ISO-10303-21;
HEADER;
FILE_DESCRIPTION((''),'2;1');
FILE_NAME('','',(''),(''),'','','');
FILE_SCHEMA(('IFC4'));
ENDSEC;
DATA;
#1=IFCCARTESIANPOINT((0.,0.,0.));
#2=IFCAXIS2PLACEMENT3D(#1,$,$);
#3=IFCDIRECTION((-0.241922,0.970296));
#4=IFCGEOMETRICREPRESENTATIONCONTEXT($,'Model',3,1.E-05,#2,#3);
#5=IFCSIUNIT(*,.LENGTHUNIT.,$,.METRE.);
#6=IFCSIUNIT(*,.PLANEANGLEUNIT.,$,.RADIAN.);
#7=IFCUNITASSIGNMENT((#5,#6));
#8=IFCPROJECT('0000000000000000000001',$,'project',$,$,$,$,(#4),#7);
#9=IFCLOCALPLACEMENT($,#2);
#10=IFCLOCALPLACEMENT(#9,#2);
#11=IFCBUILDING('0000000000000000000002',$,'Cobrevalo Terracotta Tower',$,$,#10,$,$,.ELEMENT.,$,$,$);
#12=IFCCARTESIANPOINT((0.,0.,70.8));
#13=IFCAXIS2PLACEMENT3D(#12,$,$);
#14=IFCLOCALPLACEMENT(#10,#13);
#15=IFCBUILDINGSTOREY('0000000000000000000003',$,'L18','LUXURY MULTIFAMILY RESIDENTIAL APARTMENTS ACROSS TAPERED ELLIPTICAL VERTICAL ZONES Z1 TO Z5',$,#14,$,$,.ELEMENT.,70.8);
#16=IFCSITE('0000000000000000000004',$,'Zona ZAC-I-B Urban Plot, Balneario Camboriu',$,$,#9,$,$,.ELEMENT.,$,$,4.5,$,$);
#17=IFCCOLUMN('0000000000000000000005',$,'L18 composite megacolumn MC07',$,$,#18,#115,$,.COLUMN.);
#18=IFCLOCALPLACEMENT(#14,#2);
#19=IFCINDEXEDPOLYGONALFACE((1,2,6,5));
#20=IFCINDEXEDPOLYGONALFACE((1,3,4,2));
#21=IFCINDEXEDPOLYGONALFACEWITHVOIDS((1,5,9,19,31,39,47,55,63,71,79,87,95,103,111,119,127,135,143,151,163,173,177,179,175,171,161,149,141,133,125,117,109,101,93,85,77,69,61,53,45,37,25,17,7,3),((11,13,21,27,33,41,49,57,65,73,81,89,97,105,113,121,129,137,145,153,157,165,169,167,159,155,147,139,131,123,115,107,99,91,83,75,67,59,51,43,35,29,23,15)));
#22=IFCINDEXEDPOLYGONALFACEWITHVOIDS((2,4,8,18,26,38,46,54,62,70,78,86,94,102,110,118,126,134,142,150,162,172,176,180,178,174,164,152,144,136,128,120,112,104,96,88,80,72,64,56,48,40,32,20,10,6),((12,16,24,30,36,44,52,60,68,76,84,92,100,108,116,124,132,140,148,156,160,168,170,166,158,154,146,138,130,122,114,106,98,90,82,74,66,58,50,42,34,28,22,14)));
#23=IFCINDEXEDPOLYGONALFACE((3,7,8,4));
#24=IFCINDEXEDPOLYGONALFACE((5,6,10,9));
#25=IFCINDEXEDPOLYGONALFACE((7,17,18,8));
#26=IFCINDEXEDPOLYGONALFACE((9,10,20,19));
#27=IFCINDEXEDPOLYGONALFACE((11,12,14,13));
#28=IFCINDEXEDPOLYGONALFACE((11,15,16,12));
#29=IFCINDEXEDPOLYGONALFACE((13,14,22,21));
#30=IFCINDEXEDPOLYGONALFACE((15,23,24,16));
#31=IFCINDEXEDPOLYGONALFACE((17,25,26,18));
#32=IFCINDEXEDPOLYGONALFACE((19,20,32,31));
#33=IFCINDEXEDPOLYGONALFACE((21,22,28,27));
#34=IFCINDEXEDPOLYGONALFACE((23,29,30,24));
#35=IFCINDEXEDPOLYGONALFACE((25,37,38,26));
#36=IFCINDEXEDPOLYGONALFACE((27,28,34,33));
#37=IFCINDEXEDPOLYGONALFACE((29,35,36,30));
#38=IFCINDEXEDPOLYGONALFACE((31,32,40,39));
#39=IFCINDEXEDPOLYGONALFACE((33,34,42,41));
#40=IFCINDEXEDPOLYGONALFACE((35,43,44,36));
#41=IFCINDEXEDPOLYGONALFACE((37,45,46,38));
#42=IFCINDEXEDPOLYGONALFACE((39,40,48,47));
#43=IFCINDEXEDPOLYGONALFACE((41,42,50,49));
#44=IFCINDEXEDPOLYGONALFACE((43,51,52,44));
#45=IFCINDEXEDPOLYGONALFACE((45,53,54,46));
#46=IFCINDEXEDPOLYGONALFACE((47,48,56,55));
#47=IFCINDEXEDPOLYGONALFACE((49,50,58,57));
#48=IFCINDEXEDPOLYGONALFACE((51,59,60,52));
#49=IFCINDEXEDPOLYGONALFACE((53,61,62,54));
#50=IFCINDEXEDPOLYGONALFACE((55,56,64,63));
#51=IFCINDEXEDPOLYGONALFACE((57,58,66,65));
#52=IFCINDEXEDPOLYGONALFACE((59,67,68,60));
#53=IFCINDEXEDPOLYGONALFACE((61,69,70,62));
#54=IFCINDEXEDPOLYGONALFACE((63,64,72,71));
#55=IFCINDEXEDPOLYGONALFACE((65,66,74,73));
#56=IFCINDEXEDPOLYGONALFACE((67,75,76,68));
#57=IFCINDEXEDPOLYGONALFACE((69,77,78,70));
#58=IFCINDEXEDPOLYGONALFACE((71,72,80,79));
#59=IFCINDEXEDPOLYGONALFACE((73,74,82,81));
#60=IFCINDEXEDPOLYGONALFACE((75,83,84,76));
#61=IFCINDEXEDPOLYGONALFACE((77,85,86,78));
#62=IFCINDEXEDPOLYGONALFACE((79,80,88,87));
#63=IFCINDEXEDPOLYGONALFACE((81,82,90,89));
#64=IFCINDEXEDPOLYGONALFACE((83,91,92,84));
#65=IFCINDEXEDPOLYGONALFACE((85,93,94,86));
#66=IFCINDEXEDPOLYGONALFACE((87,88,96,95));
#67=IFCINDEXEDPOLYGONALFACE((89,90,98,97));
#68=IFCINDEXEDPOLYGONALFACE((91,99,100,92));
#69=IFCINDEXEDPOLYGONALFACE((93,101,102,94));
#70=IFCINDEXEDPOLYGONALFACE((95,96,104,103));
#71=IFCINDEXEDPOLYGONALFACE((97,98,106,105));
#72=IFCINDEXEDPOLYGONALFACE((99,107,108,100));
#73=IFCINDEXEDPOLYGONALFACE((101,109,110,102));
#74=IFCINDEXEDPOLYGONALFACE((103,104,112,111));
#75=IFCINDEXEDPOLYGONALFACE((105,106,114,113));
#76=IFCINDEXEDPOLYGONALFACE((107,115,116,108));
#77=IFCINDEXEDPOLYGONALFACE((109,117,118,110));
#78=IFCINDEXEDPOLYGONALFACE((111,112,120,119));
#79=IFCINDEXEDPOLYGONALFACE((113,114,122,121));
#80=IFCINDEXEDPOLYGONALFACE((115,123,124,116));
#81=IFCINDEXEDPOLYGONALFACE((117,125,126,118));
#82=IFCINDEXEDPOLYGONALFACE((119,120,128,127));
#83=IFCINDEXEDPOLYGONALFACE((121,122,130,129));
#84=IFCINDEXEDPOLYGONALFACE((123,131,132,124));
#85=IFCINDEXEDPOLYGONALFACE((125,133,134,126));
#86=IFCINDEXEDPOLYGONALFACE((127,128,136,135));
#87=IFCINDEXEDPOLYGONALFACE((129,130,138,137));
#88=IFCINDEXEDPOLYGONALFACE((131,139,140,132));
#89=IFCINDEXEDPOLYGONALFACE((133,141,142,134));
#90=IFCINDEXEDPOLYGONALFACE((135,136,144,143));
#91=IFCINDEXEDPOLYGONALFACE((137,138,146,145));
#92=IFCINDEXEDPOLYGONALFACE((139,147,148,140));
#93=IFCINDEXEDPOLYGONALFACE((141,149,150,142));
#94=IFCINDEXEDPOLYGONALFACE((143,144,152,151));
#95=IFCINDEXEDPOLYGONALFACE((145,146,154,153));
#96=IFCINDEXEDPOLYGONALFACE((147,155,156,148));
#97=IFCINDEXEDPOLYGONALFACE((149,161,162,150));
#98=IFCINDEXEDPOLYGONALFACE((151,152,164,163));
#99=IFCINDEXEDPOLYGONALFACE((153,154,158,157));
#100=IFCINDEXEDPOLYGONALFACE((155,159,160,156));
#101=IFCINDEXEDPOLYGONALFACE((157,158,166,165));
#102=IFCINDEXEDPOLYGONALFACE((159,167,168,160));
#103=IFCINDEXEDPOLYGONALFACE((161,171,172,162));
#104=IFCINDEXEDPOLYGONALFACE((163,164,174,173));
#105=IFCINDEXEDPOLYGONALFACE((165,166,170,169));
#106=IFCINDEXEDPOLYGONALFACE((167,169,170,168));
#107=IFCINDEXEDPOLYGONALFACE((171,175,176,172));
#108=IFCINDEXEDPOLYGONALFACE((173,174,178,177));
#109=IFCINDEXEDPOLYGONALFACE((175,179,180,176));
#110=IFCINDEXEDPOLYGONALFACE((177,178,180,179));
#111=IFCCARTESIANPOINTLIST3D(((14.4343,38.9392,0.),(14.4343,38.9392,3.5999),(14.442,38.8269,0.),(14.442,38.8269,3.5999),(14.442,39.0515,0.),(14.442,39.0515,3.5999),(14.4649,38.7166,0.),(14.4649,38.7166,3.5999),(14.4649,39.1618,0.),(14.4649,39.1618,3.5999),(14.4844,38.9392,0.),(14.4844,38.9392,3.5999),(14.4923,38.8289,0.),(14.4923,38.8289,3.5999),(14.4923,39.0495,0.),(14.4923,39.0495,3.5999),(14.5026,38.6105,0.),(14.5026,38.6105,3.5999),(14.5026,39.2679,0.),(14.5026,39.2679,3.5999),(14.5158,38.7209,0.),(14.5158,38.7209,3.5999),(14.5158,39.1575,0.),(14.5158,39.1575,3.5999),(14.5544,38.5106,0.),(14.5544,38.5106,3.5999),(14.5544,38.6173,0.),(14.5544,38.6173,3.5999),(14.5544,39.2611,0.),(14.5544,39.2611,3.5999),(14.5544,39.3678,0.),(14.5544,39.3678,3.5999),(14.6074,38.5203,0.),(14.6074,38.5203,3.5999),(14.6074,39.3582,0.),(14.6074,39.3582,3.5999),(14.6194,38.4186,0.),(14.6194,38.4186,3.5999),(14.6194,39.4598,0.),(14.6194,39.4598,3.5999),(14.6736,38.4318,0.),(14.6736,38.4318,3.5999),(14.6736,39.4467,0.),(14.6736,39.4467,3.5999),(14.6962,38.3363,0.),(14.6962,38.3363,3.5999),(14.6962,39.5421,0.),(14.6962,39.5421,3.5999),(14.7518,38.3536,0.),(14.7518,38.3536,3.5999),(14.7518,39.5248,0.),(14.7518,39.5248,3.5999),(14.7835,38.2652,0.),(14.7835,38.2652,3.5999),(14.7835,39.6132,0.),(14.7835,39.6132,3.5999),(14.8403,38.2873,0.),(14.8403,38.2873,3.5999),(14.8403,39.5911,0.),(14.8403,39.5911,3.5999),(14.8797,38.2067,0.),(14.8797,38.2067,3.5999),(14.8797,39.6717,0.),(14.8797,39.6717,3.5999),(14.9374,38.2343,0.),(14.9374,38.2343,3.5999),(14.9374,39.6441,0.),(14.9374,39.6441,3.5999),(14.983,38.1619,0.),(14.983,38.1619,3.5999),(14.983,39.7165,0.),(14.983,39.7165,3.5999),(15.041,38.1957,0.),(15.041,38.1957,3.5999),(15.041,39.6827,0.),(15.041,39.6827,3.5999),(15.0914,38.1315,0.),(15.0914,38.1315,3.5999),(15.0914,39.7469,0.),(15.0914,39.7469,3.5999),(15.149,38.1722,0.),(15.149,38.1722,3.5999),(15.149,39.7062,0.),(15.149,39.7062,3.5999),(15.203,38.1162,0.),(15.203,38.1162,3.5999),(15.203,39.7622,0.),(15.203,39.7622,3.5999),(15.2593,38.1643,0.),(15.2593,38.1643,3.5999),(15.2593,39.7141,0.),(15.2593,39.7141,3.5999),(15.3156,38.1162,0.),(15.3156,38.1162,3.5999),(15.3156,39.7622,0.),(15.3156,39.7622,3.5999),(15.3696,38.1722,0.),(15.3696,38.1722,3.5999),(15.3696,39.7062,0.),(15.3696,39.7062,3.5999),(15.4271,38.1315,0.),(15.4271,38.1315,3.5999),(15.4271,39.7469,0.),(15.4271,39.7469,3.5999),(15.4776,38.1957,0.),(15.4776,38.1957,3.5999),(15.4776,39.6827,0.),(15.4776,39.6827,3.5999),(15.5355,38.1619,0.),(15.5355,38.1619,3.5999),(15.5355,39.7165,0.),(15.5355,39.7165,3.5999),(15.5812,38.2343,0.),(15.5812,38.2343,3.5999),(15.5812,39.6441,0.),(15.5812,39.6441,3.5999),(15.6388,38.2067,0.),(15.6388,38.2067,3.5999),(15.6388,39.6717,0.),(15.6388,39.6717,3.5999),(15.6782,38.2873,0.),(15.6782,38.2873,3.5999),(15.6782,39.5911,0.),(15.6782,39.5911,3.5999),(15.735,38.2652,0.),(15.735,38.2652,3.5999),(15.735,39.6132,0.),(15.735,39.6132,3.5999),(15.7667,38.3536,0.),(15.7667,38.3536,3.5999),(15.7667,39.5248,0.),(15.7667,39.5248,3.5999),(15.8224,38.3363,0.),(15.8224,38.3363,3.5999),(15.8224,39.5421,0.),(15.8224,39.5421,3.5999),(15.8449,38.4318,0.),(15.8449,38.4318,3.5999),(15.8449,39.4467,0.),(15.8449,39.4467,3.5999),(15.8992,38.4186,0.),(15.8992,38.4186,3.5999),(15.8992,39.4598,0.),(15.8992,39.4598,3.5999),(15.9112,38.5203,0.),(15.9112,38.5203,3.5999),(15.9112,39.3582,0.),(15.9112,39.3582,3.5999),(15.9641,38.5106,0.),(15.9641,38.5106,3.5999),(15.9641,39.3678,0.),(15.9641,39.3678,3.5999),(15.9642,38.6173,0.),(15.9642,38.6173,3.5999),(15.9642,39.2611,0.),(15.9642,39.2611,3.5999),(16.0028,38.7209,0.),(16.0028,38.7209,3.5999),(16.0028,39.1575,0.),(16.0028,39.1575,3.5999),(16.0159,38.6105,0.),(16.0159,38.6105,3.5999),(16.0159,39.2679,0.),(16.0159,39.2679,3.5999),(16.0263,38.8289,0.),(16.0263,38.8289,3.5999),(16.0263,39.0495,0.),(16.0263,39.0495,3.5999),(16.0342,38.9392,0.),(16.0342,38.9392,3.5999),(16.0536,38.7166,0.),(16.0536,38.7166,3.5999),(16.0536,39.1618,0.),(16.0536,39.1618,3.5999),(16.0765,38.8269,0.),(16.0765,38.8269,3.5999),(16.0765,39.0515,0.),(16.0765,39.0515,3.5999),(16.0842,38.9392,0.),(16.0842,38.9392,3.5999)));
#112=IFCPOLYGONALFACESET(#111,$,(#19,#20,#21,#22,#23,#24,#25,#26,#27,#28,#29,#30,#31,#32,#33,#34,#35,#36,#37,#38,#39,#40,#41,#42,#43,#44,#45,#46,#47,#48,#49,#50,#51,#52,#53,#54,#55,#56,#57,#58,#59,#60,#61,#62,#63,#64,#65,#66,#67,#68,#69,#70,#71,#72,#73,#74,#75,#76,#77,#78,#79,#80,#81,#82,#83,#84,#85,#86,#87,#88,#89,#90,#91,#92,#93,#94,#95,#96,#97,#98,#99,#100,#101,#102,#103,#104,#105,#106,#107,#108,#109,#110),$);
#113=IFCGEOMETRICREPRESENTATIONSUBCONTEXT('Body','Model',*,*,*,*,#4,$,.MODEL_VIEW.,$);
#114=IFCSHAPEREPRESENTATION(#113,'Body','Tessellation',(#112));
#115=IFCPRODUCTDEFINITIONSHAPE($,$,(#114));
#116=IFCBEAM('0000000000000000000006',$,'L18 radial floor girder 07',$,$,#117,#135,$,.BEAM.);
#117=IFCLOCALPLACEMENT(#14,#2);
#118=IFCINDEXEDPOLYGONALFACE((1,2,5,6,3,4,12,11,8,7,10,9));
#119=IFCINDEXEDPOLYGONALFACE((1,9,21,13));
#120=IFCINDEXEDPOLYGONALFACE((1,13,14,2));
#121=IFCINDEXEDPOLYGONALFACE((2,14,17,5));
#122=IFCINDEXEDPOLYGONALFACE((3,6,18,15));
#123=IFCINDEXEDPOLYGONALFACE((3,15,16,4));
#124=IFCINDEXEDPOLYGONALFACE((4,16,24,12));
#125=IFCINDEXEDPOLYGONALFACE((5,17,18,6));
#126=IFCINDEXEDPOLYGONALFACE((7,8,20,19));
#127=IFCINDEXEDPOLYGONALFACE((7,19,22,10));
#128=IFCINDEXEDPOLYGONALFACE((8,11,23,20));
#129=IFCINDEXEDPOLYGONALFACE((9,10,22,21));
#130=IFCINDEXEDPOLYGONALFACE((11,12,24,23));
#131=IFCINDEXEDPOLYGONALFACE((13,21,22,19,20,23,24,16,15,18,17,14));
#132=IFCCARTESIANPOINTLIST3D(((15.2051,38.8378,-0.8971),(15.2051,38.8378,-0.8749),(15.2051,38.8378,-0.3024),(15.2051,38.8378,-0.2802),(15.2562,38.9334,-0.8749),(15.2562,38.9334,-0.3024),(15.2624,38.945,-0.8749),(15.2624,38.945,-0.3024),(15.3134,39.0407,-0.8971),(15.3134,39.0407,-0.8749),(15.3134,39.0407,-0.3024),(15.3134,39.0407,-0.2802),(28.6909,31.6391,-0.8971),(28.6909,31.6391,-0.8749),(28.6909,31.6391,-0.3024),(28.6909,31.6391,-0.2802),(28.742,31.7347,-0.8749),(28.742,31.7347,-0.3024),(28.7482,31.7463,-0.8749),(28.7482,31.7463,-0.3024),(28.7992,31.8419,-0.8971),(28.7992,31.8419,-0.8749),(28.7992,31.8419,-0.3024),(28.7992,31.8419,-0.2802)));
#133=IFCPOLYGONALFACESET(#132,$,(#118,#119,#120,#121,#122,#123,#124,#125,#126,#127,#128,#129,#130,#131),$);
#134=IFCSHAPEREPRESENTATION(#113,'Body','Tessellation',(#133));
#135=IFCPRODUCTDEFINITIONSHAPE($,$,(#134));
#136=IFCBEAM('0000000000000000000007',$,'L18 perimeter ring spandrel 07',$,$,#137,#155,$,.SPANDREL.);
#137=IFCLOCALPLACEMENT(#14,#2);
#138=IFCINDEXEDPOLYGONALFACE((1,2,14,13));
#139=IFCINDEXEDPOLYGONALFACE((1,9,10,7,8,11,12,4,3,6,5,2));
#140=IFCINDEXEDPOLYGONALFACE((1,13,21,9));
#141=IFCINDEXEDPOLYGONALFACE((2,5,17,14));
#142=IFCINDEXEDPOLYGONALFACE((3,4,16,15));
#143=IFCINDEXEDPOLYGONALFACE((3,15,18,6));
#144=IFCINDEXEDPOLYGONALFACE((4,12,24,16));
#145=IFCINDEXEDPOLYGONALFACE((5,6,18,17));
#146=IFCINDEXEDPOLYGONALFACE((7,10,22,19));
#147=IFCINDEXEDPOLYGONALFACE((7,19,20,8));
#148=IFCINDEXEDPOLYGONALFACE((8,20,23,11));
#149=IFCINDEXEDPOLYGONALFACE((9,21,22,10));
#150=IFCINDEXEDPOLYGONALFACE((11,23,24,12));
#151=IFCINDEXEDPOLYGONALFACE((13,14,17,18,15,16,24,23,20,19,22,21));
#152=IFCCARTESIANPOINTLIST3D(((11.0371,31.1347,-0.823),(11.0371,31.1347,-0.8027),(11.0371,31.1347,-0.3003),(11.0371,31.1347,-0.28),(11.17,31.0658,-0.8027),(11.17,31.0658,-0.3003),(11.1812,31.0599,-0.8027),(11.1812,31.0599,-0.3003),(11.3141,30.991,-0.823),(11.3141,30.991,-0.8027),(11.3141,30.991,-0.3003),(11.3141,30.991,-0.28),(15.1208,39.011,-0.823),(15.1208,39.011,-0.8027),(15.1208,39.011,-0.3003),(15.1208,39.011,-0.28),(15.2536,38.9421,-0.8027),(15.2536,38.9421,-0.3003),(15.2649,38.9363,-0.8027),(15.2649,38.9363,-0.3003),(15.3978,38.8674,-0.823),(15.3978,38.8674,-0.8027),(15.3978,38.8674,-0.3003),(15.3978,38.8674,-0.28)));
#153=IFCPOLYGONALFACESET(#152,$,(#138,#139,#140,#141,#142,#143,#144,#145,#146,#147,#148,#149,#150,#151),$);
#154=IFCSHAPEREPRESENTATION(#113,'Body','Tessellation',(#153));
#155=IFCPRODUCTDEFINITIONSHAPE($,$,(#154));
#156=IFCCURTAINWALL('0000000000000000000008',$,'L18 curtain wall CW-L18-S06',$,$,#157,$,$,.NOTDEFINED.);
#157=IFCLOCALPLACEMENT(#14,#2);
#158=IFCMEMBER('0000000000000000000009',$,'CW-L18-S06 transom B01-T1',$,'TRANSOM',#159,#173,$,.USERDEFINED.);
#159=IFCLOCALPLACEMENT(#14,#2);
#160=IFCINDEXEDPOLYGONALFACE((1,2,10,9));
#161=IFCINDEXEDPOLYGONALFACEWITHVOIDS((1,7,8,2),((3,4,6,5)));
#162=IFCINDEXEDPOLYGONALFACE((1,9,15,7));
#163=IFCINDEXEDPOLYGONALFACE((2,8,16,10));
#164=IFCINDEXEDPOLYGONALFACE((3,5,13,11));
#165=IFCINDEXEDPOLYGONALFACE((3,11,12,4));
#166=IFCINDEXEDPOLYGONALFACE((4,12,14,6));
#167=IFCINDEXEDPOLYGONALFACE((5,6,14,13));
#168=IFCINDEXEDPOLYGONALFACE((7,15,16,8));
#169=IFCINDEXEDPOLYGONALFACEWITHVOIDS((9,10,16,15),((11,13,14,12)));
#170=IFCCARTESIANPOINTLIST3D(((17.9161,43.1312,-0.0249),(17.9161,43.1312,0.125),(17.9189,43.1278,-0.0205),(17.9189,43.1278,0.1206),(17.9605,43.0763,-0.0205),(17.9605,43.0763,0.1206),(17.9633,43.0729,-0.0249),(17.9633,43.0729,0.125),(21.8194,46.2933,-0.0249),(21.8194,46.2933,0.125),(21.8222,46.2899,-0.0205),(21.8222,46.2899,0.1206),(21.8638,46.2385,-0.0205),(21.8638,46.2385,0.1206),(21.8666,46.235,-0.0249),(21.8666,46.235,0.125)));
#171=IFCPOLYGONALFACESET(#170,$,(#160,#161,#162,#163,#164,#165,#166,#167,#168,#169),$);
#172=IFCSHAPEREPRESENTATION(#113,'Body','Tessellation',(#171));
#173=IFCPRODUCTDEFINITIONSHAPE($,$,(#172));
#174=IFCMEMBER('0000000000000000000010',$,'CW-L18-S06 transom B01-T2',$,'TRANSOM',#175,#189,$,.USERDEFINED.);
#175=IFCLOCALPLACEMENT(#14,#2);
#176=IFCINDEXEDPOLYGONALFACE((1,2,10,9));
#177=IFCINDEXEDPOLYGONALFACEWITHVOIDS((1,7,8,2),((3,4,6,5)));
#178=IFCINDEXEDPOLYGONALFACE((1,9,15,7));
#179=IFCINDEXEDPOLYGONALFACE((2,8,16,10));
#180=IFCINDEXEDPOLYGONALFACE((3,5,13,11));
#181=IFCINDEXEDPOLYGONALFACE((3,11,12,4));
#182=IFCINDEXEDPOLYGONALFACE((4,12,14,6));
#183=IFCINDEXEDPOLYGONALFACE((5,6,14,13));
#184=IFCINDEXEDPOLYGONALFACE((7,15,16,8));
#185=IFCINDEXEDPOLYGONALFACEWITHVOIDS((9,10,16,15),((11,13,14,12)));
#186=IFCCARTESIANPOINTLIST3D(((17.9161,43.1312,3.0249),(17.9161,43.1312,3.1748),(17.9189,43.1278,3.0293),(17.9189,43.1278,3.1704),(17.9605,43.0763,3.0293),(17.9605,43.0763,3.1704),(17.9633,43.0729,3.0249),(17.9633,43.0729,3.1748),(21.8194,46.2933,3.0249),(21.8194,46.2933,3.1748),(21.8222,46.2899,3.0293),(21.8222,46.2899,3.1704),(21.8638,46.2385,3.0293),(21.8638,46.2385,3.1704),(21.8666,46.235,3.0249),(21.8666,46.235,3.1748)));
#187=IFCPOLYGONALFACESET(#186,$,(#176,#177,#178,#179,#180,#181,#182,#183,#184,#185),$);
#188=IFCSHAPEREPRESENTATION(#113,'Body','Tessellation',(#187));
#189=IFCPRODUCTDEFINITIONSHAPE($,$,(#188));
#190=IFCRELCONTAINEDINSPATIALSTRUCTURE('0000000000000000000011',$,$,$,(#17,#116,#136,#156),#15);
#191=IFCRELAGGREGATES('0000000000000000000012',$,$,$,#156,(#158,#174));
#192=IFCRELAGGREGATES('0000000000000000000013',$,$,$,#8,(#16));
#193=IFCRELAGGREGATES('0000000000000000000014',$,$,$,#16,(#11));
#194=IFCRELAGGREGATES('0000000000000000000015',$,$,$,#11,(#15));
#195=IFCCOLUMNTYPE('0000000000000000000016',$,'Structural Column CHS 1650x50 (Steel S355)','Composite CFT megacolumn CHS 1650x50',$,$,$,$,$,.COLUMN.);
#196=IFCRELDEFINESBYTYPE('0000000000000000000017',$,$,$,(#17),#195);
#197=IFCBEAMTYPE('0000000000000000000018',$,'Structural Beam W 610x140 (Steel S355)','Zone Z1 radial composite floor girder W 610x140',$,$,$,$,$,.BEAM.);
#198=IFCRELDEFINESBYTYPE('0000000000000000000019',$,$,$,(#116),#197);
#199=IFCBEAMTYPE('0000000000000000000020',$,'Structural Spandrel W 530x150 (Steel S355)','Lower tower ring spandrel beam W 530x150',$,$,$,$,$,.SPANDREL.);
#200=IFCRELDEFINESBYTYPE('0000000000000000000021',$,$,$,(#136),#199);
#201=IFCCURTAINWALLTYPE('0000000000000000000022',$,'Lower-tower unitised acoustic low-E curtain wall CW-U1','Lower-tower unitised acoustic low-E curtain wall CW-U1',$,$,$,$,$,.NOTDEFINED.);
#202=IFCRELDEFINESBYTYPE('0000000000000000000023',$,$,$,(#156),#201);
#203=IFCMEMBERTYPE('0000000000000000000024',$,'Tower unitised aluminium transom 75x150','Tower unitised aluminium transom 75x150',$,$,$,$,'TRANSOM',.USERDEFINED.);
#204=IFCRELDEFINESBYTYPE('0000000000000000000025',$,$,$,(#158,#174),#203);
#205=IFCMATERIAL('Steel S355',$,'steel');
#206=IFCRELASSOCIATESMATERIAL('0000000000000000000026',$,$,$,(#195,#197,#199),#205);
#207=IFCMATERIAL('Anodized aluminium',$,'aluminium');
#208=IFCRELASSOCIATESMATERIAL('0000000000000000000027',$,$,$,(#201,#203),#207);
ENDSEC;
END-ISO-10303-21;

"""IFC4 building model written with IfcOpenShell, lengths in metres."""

from ifc_helpers import new_model, si_unit, direction, frame, origin, origin_2d, place, context, subcontext, project, spatial, hollow_rectangle, hollow_circle, i_section, extrude, source, transform, mapped, material, material_profile, profile_set, type_object, element, aggregate, save


model = new_model("IFC4")

# Units and contexts
model_context = context("Model", 3, precision=1e-05, world=origin(), true_north=direction((-0.241922, 0.970296)))
body_context = subcontext(model_context, "Body", "Model", "MODEL_VIEW")
ifc_project = project(units=[si_unit("LENGTHUNIT", "METRE"), si_unit("PLANEANGLEUNIT", "RADIAN")], contexts=[model_context])

# Site, building, storey
site_placement = place(None, origin())
site = spatial("IfcSite", under=ifc_project, at=site_placement, Name="Zona ZAC-I-B Urban Plot, Balneario Camboriu", CompositionType="ELEMENT", RefElevation=4.5)
building_placement = place(site_placement, origin())
building = spatial("IfcBuilding", under=site, at=building_placement, Name="Cobrevalo Terracotta Tower", CompositionType="ELEMENT")
storey_placement = place(building_placement, frame((0.0, 0.0, 70.8)))
storey = spatial("IfcBuildingStorey", under=building, at=storey_placement, Name="L18", Description="LUXURY MULTIFAMILY RESIDENTIAL APARTMENTS ACROSS TAPERED ELLIPTICAL VERTICAL ZONES Z1 TO Z5", CompositionType="ELEMENT", Elevation=70.8)

# Column
ifc_material_1 = material(Name="Steel S355", Category="steel")
ifc_material_profile_1 = material_profile(ifc_material_1, hollow_circle(Radius=0.825, WallThickness=0.05, at=origin_2d()), Name="CHS 1650x50")
ifc_profile_set_1 = profile_set([ifc_material_profile_1], Name="Steel S355")
column_type = type_object("IfcColumnType", Name="Structural Column CHS 1650x50 (Steel S355)", Description="Composite CFT megacolumn CHS 1650x50", PredefinedType="COLUMN", material=ifc_profile_set_1)
column_placement = place(storey_placement, frame((15.2593, 38.9392, 0.0), z_axis=(0.0, 0.0, 1.0), x_axis=(1.0, 0.0, 0.0)))
element("IfcColumn", 1, at=column_placement, inside=storey, type_object=column_type, Name="L18 composite megacolumn MC07", PredefinedType="COLUMN", context=body_context, shape_type="SweptSolid", body=[
    extrude(hollow_circle(Radius=0.825, WallThickness=0.05, at=origin_2d()), origin(), (0.0, 0.0, 1.0), 3.5999),
])

# Beams
ifc_material_profile_2 = material_profile(ifc_material_1, i_section(OverallWidth=0.23, OverallDepth=0.6169, WebThickness=0.0132, FlangeThickness=0.0222, at=origin_2d()), Name="W 610x140")
ifc_profile_set_2 = profile_set([ifc_material_profile_2], Name="Steel S355")
beam_type_1 = type_object("IfcBeamType", Name="Structural Beam W 610x140 (Steel S355)", Description="Zone Z1 radial composite floor girder W 610x140", PredefinedType="BEAM", material=ifc_profile_set_2)
beam_1_placement = place(storey_placement, frame((15.2593, 38.9392, -0.5886), z_axis=(0.882182, -0.470908, 0.0), x_axis=(0.470908, 0.882182, 0.0)))
element("IfcBeam", 2, at=beam_1_placement, inside=storey, type_object=beam_type_1, Name="L18 radial floor girder 07", PredefinedType="BEAM", context=body_context, shape_type="SweptSolid", body=[
    extrude(i_section(OverallWidth=0.23, OverallDepth=0.6169, WebThickness=0.0132, FlangeThickness=0.0222, at=origin_2d()), origin(), (0.0, 0.0, 1.0), 15.2869),
])
ifc_material_profile_3 = material_profile(ifc_material_1, i_section(OverallWidth=0.312, OverallDepth=0.543, WebThickness=0.0127, FlangeThickness=0.0203, at=origin_2d()), Name="W 530x150")
ifc_profile_set_3 = profile_set([ifc_material_profile_3], Name="Steel S355")
beam_type_2 = type_object("IfcBeamType", Name="Structural Spandrel W 530x150 (Steel S355)", Description="Lower tower ring spandrel beam W 530x150", PredefinedType="SPANDREL", material=ifc_profile_set_3)
beam_2_placement = place(storey_placement, frame((15.2593, 38.9392, -0.5515), z_axis=(-0.460286, -0.887771, 0.0), x_axis=(0.887771, -0.460286, 0.0)))
element("IfcBeam", 3, at=beam_2_placement, inside=storey, type_object=beam_type_2, Name="L18 perimeter ring spandrel 07", PredefinedType="SPANDREL", context=body_context, shape_type="SweptSolid", body=[
    extrude(i_section(OverallWidth=0.312, OverallDepth=0.543, WebThickness=0.0127, FlangeThickness=0.0203, at=origin_2d()), origin(), (0.0, 0.0, 1.0), 8.8721),
])

# Curtain wall, members
ifc_material_2 = material(Name="Anodized aluminium", Category="aluminium")
curtain_wall_type = type_object("IfcCurtainWallType", Name="Lower-tower unitised acoustic low-E curtain wall CW-U1", Description="Lower-tower unitised acoustic low-E curtain wall CW-U1", PredefinedType="NOTDEFINED", material=ifc_material_2)
curtain_wall_1_placement = place(storey_placement, origin())
curtain_wall_1 = element("IfcCurtainWall", 4, at=curtain_wall_1_placement, inside=storey, type_object=curtain_wall_type, Name="L18 curtain wall CW-L18-S06", PredefinedType="NOTDEFINED")
ifc_material_profile_4 = material_profile(ifc_material_2, hollow_rectangle(XDim=0.075, YDim=0.1499, WallThickness=0.0044, at=origin_2d()), Name="CWT 75x150")
ifc_profile_set_4 = profile_set([ifc_material_profile_4], Name="Anodized aluminium")
member_type_1 = type_object("IfcMemberType", Name="Tower unitised aluminium transom 75x150", Description="Tower unitised aluminium transom 75x150", ElementType="TRANSOM", PredefinedType="USERDEFINED", material=ifc_profile_set_4)
shared_shape_1 = source(origin(), body_context, "Body", "SweptSolid", [
    extrude(hollow_rectangle(XDim=0.075, YDim=0.1499, WallThickness=0.0044, at=origin_2d()), origin(), (0.0, 0.0, 1.0), 5.0234),
])
member_1_placement = place(storey_placement, frame((21.843, 46.2642, 0.05), z_axis=(-0.777023, -0.629472, 0.0), x_axis=(0.629472, -0.777023, 0.0)))
member_1 = element("IfcMember", 5, at=member_1_placement, type_object=member_type_1, Name="CW-L18-S06 transom B01-T1", ObjectType="TRANSOM", PredefinedType="USERDEFINED", context=body_context, shape_type="MappedRepresentation", body=[
    mapped(shared_shape_1, transform((0.0, 0.0, 0.0), scale=1.0)),
])
member_2_placement = place(storey_placement, frame((21.843, 46.2642, 3.0999), z_axis=(-0.777023, -0.629472, 0.0), x_axis=(0.629472, -0.777023, 0.0)))
member_2 = element("IfcMember", 6, at=member_2_placement, type_object=member_type_1, Name="CW-L18-S06 transom B01-T2", ObjectType="TRANSOM", PredefinedType="USERDEFINED", context=body_context, shape_type="MappedRepresentation", body=[
    mapped(shared_shape_1, transform((0.0, 0.0, 0.0), scale=1.0)),
])

aggregate(curtain_wall_1, [member_1, member_2])

save(model, "model.ifc")
